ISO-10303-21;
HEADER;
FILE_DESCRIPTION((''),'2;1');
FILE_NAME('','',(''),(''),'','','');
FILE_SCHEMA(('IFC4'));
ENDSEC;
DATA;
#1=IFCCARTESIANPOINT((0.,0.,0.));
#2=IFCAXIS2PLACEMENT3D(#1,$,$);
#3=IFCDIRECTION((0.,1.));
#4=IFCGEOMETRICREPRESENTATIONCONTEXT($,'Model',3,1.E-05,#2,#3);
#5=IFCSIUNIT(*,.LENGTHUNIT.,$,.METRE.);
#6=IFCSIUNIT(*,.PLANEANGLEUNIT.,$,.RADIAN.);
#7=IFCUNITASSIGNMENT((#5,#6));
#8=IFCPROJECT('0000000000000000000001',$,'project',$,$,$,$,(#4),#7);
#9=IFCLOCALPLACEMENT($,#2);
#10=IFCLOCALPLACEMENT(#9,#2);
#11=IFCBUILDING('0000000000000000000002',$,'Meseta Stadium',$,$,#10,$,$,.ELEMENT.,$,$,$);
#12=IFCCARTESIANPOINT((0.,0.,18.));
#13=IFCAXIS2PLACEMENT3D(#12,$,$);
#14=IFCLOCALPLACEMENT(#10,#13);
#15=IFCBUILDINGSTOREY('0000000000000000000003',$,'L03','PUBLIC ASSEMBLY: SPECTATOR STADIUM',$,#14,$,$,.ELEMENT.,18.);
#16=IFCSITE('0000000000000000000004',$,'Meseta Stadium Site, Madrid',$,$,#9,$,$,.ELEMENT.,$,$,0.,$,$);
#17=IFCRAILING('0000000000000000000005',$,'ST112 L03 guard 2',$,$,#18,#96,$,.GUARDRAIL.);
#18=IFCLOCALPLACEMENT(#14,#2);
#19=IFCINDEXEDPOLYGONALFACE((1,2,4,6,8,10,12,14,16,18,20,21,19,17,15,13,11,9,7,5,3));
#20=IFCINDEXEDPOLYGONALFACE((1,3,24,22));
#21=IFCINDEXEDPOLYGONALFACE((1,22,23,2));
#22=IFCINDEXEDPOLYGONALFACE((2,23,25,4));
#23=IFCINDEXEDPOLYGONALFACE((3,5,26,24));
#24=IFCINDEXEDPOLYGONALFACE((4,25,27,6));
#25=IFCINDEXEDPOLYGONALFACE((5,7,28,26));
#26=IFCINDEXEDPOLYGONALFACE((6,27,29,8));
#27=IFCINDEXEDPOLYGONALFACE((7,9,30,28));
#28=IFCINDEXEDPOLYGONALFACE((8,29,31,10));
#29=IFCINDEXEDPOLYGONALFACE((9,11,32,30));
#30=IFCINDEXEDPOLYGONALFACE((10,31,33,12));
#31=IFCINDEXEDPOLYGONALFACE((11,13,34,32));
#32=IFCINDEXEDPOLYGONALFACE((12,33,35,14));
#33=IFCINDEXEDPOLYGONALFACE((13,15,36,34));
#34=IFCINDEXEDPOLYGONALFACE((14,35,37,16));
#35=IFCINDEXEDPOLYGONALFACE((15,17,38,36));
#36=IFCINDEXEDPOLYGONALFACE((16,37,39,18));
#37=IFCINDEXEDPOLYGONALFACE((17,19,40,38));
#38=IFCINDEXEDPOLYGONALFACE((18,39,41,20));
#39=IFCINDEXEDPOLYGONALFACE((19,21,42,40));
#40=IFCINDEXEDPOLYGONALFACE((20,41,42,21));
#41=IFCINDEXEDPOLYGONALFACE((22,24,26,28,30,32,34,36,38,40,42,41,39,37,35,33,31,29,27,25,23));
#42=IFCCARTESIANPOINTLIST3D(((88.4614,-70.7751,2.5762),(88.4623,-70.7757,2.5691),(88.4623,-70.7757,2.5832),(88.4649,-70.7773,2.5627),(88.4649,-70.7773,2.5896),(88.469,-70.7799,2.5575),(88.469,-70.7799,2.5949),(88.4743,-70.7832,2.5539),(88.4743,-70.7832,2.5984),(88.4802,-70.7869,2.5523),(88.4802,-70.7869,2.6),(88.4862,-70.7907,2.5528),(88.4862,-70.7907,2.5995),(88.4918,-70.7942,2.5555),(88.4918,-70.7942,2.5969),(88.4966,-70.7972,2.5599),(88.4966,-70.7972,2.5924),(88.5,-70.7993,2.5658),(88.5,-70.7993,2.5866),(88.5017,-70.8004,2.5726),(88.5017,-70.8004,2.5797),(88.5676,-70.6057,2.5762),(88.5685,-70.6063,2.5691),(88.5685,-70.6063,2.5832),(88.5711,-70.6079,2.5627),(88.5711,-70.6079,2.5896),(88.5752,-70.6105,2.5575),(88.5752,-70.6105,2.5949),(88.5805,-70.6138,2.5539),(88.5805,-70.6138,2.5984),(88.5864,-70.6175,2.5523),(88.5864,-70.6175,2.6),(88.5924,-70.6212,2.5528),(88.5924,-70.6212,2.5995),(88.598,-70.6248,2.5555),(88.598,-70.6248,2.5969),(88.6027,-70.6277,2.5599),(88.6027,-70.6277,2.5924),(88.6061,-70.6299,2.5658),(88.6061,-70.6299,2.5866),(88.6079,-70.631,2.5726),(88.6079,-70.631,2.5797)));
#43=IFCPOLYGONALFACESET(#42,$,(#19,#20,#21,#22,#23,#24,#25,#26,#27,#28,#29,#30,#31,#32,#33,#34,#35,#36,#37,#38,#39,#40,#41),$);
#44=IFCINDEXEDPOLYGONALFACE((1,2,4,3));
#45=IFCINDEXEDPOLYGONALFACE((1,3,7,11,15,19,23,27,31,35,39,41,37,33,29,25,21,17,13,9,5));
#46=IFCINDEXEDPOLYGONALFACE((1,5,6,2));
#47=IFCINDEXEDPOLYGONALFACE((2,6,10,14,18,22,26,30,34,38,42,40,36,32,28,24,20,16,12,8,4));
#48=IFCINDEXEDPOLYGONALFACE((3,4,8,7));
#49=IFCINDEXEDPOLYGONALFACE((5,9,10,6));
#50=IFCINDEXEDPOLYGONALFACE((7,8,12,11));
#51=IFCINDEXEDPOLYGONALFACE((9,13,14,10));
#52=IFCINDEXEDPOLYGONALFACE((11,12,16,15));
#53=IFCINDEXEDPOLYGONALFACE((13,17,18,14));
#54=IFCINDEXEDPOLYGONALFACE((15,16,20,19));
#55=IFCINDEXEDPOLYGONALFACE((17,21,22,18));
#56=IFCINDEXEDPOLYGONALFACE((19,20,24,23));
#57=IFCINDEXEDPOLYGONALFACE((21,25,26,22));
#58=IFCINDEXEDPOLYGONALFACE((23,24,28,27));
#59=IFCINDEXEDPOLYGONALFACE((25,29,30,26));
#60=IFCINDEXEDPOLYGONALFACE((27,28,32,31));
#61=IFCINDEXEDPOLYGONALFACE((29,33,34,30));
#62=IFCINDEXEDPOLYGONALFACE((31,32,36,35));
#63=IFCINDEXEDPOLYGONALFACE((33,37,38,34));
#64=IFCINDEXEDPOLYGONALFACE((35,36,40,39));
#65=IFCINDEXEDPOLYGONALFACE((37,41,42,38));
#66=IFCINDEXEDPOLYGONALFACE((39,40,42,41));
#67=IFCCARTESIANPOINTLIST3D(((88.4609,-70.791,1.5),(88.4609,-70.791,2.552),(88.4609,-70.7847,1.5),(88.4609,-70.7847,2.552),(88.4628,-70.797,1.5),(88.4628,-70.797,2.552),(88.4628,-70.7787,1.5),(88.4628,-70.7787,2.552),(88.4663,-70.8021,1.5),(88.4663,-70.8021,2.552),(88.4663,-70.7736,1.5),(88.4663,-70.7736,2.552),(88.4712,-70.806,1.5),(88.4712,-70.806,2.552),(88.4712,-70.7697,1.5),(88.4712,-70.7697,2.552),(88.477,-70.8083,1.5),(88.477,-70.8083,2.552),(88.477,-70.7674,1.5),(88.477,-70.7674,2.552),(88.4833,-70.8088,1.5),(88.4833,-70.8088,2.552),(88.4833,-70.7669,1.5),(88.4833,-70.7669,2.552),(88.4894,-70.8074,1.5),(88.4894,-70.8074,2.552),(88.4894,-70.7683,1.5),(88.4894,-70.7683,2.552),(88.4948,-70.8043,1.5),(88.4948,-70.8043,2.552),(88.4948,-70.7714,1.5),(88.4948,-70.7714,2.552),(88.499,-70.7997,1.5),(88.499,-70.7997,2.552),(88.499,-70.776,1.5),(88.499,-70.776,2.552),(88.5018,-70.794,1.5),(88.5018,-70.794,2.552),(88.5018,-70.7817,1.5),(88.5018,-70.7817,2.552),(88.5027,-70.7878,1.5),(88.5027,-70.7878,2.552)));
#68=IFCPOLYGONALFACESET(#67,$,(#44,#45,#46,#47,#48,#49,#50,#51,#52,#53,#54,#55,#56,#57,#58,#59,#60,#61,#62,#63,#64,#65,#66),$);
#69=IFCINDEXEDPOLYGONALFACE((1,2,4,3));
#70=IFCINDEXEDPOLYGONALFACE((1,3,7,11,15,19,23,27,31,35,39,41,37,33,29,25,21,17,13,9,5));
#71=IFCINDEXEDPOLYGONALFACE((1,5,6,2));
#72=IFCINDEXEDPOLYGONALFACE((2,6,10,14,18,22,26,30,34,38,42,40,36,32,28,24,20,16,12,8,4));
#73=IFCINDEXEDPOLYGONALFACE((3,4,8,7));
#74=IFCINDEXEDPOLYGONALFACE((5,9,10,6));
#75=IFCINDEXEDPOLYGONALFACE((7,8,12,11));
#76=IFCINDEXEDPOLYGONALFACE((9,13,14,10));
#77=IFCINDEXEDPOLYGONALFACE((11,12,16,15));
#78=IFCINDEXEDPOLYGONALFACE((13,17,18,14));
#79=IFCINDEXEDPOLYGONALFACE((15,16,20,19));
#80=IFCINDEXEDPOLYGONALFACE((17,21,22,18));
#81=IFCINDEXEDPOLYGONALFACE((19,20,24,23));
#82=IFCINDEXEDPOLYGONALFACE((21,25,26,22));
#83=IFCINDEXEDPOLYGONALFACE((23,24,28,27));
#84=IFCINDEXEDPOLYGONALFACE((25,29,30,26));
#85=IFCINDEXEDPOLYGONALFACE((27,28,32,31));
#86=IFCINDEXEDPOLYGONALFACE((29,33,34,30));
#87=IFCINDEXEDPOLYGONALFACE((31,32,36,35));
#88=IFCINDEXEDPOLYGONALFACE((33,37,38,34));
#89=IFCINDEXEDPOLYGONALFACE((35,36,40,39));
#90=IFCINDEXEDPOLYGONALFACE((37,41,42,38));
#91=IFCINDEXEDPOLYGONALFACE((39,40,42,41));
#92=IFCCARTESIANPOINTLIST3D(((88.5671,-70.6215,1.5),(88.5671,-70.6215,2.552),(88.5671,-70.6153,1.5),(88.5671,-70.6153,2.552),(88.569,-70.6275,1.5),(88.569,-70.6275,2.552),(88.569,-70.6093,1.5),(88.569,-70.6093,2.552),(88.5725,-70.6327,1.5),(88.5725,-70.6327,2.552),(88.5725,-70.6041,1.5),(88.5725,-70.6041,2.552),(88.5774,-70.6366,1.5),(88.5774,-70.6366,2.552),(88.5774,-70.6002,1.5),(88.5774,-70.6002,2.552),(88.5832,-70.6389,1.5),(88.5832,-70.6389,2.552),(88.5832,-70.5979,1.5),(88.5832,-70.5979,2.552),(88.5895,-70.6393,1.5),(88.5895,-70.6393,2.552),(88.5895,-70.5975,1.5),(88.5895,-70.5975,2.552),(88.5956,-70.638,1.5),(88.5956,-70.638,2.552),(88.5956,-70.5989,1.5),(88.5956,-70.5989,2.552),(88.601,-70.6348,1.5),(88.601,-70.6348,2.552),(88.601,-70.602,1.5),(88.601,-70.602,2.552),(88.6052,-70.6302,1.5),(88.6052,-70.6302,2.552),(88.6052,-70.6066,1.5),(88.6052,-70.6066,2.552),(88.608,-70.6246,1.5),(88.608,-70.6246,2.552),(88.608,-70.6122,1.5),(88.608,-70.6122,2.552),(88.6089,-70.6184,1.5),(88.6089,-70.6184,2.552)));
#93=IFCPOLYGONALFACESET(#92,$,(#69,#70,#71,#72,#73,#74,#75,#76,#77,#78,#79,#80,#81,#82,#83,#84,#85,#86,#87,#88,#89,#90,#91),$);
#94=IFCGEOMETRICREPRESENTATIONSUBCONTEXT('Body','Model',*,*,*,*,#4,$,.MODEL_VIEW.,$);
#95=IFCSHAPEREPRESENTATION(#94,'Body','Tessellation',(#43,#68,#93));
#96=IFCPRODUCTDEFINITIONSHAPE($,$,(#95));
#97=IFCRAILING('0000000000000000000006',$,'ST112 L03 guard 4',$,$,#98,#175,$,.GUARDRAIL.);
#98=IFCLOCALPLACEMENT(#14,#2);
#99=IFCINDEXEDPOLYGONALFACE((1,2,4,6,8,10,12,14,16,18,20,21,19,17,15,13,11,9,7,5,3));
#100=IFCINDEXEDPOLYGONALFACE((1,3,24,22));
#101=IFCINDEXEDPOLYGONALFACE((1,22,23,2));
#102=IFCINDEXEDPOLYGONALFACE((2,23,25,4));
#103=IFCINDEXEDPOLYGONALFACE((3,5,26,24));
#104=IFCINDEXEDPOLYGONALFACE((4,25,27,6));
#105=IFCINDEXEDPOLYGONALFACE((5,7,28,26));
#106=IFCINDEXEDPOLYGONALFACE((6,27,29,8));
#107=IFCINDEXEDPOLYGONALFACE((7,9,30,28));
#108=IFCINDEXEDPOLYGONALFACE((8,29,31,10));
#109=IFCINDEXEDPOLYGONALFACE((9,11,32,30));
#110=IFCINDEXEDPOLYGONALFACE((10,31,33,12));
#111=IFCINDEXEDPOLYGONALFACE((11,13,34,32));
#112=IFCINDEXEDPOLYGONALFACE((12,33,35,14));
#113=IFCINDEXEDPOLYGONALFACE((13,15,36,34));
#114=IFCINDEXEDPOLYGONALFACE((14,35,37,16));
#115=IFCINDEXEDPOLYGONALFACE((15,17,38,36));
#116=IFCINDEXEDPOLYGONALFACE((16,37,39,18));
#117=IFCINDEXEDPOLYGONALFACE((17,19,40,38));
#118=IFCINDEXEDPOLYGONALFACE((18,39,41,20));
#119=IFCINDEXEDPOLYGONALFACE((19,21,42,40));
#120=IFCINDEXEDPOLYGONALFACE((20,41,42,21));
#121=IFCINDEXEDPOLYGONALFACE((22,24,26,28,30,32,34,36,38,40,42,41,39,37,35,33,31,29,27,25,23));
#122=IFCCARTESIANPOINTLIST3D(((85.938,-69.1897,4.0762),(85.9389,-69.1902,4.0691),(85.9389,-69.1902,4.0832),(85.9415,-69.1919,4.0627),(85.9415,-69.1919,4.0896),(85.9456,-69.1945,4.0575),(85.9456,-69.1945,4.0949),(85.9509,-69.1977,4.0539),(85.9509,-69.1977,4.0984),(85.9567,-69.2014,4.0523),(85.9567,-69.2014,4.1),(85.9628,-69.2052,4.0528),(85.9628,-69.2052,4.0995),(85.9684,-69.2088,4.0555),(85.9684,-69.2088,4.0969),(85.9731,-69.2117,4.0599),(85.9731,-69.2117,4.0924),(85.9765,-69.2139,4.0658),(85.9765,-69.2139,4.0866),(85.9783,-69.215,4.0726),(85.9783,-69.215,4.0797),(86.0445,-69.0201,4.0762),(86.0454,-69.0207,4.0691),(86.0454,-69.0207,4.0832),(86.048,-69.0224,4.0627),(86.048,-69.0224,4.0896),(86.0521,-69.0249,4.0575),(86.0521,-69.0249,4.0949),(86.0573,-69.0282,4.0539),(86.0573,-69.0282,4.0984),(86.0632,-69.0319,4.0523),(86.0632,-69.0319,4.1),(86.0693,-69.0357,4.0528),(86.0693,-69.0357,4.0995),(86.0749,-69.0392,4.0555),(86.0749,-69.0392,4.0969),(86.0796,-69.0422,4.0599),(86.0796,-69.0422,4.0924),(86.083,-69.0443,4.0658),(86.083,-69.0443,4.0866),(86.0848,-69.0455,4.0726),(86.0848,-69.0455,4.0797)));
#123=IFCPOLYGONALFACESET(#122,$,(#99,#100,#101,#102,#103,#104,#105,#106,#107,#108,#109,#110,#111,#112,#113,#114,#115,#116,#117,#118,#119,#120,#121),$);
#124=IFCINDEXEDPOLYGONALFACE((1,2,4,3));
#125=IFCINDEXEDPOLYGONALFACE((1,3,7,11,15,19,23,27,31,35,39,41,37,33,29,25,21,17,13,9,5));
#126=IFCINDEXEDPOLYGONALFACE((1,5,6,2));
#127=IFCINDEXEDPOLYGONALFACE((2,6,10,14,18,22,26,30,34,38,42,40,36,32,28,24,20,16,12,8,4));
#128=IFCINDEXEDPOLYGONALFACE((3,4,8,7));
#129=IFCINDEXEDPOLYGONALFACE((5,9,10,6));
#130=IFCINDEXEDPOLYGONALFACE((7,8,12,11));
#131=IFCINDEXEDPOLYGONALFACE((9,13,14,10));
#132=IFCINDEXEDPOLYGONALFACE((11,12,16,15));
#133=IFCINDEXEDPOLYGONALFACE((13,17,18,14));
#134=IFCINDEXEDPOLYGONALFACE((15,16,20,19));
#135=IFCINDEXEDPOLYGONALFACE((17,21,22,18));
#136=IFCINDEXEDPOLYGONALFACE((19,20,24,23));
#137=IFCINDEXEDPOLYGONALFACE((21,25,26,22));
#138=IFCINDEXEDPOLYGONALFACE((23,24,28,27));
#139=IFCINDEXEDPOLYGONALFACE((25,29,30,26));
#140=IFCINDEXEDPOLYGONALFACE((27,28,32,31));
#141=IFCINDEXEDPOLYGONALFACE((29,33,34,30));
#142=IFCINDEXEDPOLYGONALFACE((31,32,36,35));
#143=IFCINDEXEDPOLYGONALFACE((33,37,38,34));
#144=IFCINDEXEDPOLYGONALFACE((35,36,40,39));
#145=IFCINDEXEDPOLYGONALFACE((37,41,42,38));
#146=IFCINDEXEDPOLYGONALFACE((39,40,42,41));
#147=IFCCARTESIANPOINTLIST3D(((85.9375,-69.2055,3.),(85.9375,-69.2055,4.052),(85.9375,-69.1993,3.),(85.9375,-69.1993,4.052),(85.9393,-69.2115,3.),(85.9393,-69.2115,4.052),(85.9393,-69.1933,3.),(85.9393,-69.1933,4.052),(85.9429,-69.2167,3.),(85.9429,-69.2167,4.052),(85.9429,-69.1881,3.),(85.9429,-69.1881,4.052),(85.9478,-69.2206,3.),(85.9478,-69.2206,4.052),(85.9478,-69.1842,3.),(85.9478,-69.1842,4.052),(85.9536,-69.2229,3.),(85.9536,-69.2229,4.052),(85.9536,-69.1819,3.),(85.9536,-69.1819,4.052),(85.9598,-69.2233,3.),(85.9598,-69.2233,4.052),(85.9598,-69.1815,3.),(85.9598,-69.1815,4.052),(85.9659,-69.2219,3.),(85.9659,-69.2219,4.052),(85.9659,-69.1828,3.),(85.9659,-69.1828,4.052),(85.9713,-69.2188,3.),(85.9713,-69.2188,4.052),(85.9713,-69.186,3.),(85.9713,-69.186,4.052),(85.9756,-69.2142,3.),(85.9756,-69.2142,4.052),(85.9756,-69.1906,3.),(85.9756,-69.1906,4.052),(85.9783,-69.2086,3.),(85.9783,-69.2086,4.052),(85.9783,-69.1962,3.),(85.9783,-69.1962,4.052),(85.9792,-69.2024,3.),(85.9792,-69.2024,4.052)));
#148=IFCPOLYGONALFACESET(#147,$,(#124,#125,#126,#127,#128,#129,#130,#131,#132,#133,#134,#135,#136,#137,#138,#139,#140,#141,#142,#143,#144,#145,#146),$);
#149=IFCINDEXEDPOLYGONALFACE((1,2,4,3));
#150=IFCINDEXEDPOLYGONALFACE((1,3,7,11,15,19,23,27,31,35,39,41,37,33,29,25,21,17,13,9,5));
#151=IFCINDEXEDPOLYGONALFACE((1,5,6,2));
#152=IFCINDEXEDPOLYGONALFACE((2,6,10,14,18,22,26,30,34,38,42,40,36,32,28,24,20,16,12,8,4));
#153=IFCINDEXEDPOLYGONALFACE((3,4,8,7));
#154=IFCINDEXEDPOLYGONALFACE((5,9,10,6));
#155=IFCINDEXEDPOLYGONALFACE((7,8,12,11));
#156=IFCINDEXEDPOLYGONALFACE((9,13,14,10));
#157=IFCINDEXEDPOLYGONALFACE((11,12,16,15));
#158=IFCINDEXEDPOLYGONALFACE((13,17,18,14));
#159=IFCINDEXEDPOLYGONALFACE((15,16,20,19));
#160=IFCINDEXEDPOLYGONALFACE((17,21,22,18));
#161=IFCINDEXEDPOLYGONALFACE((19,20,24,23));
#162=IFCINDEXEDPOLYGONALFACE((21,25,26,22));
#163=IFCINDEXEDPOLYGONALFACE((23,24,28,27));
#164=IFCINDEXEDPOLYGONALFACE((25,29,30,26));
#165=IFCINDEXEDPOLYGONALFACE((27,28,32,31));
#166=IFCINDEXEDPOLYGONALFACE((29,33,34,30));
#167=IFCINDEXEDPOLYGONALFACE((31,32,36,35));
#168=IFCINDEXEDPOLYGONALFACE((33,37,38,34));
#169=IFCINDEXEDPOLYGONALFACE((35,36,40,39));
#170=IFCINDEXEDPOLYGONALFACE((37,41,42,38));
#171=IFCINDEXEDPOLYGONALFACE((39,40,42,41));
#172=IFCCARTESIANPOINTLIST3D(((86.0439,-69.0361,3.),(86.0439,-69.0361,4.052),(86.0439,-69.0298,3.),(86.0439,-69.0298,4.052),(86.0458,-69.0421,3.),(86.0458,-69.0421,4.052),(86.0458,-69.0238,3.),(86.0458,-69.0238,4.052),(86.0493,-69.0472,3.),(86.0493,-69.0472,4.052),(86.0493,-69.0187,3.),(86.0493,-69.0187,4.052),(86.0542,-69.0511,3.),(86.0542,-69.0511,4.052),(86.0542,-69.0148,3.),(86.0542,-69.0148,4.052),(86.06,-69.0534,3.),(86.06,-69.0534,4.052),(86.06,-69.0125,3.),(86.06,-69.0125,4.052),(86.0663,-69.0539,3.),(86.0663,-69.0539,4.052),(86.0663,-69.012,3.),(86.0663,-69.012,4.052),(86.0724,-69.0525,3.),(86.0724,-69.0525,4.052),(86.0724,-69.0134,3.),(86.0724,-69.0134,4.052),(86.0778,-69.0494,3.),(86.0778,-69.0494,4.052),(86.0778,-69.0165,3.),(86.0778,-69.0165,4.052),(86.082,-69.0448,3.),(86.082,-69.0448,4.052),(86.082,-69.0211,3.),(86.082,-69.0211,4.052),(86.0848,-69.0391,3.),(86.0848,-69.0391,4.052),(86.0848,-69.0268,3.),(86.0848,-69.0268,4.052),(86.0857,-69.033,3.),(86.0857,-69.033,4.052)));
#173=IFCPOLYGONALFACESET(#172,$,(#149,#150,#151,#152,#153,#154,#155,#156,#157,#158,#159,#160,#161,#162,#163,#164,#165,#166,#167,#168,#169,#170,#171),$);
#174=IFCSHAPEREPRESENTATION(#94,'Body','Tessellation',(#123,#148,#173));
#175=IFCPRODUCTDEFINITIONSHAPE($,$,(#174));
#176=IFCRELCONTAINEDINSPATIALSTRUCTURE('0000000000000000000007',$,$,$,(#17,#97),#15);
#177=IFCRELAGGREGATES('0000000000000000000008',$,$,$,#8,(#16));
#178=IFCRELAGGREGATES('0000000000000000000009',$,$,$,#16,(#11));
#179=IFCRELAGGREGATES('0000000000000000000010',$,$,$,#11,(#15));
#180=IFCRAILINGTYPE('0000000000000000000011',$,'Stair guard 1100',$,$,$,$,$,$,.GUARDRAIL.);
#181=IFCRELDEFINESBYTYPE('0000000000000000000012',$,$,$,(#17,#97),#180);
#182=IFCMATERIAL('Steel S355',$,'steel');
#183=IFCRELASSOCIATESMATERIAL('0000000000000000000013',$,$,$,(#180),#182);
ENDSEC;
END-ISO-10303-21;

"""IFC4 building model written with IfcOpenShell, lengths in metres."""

from ifc_helpers import new_model, si_unit, direction, frame, origin, origin_2d, place, context, subcontext, project, spatial, circle, extrude, material, type_object, element, save


model = new_model("IFC4")

# Units and contexts
model_context = context("Model", 3, precision=1e-05, world=origin(), true_north=direction((0.0, 1.0)))
body_context = subcontext(model_context, "Body", "Model", "MODEL_VIEW")
ifc_project = project(units=[si_unit("LENGTHUNIT", "METRE"), si_unit("PLANEANGLEUNIT", "RADIAN")], contexts=[model_context])

# Site, building, storey
site_placement = place(None, origin())
site = spatial("IfcSite", under=ifc_project, at=site_placement, Name="Meseta Stadium Site, Madrid", CompositionType="ELEMENT", RefElevation=0.0)
building_placement = place(site_placement, origin())
building = spatial("IfcBuilding", under=site, at=building_placement, Name="Meseta Stadium", CompositionType="ELEMENT")
storey_placement = place(building_placement, frame((0.0, 0.0, 18.0)))
storey = spatial("IfcBuildingStorey", under=building, at=storey_placement, Name="L03", Description="PUBLIC ASSEMBLY: SPECTATOR STADIUM", CompositionType="ELEMENT", Elevation=18.0)

# Railings
ifc_material_1 = material(Name="Steel S355", Category="steel")
railing_type_1 = type_object("IfcRailingType", Name="Stair guard 1100", PredefinedType="GUARDRAIL", material=ifc_material_1)
railing_1_placement = place(storey_placement, frame((88.4817, -70.7878, 1.5)))
element("IfcRailing", 1, at=railing_1_placement, inside=storey, type_object=railing_type_1, Name="ST112 L03 guard 2", PredefinedType="GUARDRAIL", context=body_context, shape_type="SweptSolid", body=[
    extrude(circle(Radius=0.0239, at=origin_2d()), frame((0.0, 0.0, 1.0762), z_axis=(0.531096, 0.847312, 0.0), x_axis=(-0.847312, 0.531096, 0.0)), (0.0, 0.0, 1.0), 0.2),
    extrude(circle(Radius=0.021, at=origin_2d()), origin(), (0.0, 0.0, 1.0), 1.052),
    extrude(circle(Radius=0.021, at=origin_2d()), frame((0.1062, 0.1694, 0.0)), (0.0, 0.0, 1.0), 1.052),
])
railing_2_placement = place(storey_placement, frame((85.9583, -69.2024, 3.0)))
element("IfcRailing", 2, at=railing_2_placement, inside=storey, type_object=railing_type_1, Name="ST112 L03 guard 4", PredefinedType="GUARDRAIL", context=body_context, shape_type="SweptSolid", body=[
    extrude(circle(Radius=0.0239, at=origin_2d()), frame((0.0, 0.0, 1.0762), z_axis=(0.531972, 0.846762, 0.0), x_axis=(-0.846762, 0.531972, 0.0)), (0.0, 0.0, 1.0), 0.2002),
    extrude(circle(Radius=0.021, at=origin_2d()), origin(), (0.0, 0.0, 1.0), 1.052),
    extrude(circle(Radius=0.021, at=origin_2d()), frame((0.1064, 0.1694, 0.0)), (0.0, 0.0, 1.0), 1.052),
])

save(model, "model.ifc")
